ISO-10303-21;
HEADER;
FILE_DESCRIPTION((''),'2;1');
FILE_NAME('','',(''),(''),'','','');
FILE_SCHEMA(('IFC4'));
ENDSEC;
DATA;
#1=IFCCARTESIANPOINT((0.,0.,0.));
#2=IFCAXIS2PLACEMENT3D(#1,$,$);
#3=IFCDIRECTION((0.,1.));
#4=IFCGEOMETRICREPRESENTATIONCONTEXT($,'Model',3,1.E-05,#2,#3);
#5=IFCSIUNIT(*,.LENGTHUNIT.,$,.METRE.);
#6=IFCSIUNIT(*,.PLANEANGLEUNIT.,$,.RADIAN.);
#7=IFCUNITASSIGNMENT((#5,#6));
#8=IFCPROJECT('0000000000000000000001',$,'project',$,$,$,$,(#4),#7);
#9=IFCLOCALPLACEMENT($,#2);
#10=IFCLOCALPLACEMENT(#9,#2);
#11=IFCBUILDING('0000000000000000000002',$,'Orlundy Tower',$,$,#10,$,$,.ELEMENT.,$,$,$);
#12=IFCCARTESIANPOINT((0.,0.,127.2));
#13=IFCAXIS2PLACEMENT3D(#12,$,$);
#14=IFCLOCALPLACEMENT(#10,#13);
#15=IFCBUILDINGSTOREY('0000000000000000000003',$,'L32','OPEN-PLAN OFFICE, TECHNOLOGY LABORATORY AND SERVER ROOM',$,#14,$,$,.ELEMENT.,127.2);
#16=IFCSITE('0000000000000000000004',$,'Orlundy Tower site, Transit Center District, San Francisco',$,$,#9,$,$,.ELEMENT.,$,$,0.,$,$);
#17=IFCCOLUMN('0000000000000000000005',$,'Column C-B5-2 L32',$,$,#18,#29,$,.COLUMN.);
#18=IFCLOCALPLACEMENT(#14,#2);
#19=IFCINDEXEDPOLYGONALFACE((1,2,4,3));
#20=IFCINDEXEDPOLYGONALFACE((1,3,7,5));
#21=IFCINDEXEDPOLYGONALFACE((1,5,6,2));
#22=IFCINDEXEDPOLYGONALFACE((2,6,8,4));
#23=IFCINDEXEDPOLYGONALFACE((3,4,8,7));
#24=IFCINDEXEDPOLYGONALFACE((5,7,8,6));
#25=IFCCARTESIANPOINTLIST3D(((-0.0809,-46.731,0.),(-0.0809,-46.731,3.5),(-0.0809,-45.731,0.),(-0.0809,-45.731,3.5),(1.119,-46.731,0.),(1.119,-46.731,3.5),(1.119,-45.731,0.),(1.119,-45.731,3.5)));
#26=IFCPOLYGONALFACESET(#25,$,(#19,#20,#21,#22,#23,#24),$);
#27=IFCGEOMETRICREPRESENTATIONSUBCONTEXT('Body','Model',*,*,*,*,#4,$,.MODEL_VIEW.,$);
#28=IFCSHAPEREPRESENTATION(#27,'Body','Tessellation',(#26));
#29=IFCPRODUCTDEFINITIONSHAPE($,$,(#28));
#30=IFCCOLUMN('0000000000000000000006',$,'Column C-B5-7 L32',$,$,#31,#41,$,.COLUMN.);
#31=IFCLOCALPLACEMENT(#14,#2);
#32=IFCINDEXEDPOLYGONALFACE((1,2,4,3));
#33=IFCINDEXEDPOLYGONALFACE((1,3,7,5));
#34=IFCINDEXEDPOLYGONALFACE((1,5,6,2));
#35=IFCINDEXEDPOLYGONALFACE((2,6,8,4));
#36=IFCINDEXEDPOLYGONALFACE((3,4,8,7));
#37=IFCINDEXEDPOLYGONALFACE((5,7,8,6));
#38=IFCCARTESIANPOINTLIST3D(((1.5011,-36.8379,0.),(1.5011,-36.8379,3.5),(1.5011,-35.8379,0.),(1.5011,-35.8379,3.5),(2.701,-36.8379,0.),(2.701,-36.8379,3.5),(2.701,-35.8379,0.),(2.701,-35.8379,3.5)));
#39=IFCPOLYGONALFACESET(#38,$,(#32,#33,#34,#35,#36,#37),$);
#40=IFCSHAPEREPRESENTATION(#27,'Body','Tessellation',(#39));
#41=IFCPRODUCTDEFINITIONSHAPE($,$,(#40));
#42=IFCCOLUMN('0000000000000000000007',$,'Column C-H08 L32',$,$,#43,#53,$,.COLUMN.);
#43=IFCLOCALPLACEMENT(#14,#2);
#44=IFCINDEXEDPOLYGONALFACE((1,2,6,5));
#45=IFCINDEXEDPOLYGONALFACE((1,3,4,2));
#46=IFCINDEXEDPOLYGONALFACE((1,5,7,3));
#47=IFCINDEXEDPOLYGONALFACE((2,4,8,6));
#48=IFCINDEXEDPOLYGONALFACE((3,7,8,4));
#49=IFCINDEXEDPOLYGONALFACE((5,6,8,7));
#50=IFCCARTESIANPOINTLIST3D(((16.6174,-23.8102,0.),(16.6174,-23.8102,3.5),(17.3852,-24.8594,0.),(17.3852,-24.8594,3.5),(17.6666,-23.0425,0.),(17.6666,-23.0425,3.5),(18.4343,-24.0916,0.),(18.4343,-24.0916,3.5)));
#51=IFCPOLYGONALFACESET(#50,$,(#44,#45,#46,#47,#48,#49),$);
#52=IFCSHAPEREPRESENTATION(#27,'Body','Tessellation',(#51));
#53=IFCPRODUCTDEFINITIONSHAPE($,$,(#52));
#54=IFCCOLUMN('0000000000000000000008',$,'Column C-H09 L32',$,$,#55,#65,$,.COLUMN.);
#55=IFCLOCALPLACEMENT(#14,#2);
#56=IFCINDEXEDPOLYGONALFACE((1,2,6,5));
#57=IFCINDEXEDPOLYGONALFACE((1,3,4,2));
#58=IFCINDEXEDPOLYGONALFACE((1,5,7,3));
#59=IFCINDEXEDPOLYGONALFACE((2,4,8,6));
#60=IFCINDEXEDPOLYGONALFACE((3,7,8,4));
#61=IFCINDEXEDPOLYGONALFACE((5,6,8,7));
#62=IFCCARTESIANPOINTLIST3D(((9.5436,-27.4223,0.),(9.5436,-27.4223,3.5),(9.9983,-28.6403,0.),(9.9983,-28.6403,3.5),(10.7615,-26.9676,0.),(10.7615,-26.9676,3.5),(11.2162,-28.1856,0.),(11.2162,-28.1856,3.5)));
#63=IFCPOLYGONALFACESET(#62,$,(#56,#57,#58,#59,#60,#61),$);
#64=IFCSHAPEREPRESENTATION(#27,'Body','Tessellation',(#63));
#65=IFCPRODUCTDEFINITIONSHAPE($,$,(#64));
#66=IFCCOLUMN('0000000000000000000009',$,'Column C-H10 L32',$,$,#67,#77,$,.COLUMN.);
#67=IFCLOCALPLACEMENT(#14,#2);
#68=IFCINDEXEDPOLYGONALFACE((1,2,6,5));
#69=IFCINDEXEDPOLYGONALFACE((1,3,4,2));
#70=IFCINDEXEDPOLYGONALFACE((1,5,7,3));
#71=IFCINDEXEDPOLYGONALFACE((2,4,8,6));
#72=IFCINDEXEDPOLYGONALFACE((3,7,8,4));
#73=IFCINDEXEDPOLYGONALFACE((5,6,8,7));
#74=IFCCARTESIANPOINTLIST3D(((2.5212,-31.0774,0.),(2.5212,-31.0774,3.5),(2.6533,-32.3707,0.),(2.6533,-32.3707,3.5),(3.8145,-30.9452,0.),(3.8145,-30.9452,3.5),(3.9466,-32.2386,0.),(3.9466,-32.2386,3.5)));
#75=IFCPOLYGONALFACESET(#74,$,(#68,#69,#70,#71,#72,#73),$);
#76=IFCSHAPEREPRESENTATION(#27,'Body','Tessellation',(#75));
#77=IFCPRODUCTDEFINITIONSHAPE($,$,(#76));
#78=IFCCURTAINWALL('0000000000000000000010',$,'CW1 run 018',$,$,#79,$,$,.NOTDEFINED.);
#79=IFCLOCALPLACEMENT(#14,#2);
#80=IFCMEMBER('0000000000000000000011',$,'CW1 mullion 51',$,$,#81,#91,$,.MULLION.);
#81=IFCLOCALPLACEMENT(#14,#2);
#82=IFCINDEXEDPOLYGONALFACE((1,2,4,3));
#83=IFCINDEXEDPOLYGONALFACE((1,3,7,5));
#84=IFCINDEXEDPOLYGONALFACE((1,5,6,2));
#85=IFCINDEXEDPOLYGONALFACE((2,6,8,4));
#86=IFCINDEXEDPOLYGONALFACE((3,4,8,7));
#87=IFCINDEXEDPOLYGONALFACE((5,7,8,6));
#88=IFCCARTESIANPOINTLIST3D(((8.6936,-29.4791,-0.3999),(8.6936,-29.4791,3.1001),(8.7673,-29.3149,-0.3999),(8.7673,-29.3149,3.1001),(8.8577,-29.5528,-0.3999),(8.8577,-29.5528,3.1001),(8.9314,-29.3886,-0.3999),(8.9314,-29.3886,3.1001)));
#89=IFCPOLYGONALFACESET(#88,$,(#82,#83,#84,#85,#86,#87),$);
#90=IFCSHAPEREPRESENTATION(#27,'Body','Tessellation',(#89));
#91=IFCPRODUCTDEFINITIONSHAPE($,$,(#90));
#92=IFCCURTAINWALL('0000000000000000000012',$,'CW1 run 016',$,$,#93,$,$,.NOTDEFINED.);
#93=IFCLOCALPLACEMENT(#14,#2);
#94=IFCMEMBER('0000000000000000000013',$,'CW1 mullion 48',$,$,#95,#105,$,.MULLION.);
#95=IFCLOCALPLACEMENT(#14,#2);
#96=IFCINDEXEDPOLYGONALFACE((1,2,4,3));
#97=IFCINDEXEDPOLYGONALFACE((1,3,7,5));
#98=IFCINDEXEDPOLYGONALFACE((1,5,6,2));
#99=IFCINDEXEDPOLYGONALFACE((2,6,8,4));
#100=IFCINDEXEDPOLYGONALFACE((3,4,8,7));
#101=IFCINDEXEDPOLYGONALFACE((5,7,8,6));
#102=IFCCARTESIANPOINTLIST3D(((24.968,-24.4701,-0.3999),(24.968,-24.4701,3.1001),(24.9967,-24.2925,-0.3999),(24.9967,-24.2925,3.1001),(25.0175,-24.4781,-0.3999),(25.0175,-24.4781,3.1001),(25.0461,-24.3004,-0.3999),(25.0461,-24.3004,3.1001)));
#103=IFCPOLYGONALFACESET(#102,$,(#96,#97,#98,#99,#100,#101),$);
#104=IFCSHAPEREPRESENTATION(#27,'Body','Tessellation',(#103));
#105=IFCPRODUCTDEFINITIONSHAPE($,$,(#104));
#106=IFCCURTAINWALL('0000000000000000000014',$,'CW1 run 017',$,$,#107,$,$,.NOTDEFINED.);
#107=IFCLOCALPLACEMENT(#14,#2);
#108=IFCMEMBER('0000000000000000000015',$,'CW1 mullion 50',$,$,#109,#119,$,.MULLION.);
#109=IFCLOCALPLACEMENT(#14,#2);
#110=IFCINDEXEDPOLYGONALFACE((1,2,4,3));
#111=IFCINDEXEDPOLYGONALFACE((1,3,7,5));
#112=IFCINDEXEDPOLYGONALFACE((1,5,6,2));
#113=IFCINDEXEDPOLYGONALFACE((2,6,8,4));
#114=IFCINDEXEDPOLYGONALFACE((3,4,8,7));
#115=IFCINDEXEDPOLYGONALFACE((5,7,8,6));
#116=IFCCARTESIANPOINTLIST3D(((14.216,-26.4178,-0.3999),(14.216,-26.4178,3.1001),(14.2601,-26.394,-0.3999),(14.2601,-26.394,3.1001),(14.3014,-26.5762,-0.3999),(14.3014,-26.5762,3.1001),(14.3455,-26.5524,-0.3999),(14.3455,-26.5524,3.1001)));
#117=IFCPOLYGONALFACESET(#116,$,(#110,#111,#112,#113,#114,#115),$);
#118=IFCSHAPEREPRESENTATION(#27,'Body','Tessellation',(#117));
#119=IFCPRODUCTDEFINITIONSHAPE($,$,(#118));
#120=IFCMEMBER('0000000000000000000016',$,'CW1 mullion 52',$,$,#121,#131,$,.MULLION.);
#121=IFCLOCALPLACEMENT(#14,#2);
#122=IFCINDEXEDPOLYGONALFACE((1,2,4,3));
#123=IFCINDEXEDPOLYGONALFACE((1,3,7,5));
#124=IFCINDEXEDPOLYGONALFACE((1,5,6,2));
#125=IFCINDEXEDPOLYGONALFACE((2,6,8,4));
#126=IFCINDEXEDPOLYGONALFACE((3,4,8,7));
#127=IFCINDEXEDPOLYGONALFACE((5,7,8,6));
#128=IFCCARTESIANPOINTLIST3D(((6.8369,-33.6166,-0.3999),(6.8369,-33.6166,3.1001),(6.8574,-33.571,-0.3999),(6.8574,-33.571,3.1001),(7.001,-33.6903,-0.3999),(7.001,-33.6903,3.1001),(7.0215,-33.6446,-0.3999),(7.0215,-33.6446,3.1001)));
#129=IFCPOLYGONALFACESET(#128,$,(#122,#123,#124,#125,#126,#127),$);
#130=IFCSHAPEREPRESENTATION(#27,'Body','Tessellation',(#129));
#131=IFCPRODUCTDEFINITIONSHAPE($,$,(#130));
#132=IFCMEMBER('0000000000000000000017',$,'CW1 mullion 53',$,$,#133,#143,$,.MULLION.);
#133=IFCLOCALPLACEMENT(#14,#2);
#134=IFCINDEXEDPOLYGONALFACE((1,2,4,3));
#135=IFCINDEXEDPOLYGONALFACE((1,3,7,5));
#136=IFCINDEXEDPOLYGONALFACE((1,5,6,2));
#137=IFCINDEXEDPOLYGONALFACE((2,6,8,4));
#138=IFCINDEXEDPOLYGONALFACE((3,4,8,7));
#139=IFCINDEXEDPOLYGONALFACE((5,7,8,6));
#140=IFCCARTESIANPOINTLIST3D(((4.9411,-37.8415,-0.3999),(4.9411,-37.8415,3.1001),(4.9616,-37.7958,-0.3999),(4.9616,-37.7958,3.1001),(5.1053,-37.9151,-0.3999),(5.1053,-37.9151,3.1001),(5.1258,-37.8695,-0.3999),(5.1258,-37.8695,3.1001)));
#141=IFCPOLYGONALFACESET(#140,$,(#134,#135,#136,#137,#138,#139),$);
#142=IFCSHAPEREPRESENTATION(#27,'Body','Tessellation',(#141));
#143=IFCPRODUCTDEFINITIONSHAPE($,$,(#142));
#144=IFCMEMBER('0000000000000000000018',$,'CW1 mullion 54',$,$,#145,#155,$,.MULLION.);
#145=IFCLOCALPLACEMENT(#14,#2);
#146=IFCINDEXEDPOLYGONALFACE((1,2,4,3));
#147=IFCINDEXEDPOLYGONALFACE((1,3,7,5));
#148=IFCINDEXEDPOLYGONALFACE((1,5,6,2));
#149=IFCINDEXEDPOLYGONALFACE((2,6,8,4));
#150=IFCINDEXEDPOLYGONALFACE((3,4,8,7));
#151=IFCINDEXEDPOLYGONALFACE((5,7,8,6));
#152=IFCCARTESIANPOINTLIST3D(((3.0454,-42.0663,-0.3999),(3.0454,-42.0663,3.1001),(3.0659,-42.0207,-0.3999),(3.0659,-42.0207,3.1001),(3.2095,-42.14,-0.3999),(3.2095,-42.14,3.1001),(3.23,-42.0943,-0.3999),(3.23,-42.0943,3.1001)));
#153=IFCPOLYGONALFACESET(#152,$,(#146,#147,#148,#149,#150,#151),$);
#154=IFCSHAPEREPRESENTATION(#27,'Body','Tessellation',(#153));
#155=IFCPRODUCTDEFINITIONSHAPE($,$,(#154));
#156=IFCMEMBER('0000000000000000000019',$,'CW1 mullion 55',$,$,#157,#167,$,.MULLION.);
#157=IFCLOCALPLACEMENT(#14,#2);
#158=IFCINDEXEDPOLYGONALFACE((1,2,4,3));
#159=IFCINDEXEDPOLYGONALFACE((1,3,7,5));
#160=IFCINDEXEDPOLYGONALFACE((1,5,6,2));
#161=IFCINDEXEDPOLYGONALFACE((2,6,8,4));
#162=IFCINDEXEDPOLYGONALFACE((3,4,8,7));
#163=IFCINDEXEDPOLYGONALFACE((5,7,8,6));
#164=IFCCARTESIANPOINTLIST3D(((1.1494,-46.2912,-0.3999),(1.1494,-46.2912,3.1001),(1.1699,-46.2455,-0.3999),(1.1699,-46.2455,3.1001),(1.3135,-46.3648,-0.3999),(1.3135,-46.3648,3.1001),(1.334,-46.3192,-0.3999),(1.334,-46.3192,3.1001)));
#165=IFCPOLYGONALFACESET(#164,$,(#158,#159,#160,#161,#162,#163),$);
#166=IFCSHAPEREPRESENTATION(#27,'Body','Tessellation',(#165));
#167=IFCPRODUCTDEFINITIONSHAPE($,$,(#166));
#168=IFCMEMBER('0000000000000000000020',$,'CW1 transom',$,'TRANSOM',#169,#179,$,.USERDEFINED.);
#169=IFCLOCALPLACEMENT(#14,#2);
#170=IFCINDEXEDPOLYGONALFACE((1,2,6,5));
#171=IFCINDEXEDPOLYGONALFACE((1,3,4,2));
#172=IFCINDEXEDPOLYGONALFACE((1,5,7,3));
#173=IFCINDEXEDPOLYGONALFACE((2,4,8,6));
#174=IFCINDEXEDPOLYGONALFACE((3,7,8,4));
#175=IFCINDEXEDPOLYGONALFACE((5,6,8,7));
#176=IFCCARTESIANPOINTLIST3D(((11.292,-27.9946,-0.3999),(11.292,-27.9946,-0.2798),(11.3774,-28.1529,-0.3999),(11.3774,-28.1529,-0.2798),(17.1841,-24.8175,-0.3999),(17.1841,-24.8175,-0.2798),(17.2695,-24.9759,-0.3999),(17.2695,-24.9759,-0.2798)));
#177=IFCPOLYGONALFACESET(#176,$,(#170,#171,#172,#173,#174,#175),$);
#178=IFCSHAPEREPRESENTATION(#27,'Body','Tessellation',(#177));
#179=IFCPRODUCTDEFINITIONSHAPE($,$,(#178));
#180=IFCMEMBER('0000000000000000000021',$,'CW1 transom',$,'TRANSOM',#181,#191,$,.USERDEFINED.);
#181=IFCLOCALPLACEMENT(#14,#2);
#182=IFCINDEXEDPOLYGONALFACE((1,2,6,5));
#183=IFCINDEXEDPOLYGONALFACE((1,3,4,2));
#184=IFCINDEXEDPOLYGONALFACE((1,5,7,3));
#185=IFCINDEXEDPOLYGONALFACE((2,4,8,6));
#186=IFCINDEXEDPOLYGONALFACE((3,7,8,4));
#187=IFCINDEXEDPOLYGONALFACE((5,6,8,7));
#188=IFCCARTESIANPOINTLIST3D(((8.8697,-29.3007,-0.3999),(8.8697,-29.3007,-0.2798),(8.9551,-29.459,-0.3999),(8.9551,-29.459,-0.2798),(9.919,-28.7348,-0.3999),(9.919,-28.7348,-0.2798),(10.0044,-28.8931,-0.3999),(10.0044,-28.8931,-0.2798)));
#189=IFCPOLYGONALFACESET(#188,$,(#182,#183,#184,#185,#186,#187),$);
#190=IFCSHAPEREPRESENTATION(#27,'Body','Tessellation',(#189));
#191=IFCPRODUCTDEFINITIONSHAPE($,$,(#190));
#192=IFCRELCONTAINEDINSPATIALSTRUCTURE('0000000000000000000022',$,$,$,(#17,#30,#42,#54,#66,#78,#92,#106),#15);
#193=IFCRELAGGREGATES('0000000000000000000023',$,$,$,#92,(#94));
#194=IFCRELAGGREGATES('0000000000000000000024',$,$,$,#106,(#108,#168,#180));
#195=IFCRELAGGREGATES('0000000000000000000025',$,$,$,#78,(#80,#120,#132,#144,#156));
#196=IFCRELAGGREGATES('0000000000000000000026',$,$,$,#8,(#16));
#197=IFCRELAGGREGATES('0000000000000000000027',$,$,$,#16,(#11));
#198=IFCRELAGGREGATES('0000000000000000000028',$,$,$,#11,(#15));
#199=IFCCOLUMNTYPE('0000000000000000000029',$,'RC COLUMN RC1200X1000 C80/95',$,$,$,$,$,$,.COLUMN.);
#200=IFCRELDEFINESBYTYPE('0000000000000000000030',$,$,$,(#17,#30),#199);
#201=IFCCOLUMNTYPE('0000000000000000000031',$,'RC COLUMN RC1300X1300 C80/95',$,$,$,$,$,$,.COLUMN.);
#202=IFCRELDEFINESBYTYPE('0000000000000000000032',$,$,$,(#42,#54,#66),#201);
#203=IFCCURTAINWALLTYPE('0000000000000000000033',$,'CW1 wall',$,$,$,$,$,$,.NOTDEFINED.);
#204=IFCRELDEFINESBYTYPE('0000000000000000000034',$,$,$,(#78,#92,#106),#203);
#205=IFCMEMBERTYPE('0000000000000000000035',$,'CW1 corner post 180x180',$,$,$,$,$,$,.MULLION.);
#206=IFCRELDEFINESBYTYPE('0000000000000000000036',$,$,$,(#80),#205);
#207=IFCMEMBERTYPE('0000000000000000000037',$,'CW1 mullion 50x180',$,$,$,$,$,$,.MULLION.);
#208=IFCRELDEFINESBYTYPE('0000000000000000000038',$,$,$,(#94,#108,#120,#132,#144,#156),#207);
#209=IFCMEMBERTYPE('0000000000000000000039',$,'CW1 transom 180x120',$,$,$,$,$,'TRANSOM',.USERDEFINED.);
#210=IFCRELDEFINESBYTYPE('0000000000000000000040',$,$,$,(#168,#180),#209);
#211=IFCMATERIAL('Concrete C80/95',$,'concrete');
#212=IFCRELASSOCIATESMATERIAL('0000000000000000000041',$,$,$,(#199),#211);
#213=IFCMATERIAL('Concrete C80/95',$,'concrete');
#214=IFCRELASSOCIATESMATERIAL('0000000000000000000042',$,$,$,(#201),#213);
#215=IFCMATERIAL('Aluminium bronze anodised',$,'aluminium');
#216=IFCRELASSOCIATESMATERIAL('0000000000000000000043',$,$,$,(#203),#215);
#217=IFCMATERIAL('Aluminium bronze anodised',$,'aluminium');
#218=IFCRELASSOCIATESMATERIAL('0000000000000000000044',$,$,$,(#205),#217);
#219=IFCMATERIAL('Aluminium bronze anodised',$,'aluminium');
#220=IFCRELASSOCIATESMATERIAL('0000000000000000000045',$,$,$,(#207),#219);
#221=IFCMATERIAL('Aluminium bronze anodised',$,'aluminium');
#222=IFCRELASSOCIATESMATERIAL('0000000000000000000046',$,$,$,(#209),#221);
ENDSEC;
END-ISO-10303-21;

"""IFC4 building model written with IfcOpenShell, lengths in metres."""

from ifc_helpers import new_model, si_unit, direction, frame, origin, origin_2d, place, context, subcontext, project, spatial, rectangle, extrude, material, material_profile, profile_set, type_object, element, aggregate, save


model = new_model("IFC4")

# Units and contexts
model_context = context("Model", 3, precision=1e-05, world=origin(), true_north=direction((0.0, 1.0)))
body_context = subcontext(model_context, "Body", "Model", "MODEL_VIEW")
ifc_project = project(units=[si_unit("LENGTHUNIT", "METRE"), si_unit("PLANEANGLEUNIT", "RADIAN")], contexts=[model_context])

# Site, building, storey
site_placement = place(None, origin())
site = spatial("IfcSite", under=ifc_project, at=site_placement, Name="Orlundy Tower site, Transit Center District, San Francisco", CompositionType="ELEMENT", RefElevation=0.0)
building_placement = place(site_placement, origin())
building = spatial("IfcBuilding", under=site, at=building_placement, Name="Orlundy Tower", CompositionType="ELEMENT")
storey_placement = place(building_placement, frame((0.0, 0.0, 127.2)))
storey = spatial("IfcBuildingStorey", under=building, at=storey_placement, Name="L32", Description="OPEN-PLAN OFFICE, TECHNOLOGY LABORATORY AND SERVER ROOM", CompositionType="ELEMENT", Elevation=127.2)

# Columns
ifc_material_1 = material(Name="Concrete C80/95", Category="concrete")
ifc_material_profile_1 = material_profile(ifc_material_1, rectangle(XDim=1.2, YDim=1.0, at=origin_2d()), Name="RC1200X1000")
ifc_profile_set_1 = profile_set([ifc_material_profile_1], Name="Concrete C80/95")
column_type_1 = type_object("IfcColumnType", Name="RC COLUMN RC1200X1000 C80/95", PredefinedType="COLUMN", material=ifc_profile_set_1)
for number, where, z_axis, x_axis, name in (
    (1, (0.519, -46.231, 0.0), (0.0, 0.0, 1.0), (1.0, 0.0, 0.0), "Column C-B5-2 L32"),
    (2, (2.1011, -36.3379, 0.0), (0.0, 0.0, 1.0), (1.0, 0.0, 0.0), "Column C-B5-7 L32"),
):
    element("IfcColumn", number, at=place(storey_placement, frame(where, z_axis=z_axis, x_axis=x_axis)), inside=storey, type_object=column_type_1, Name=name, PredefinedType="COLUMN", context=body_context, shape_type="SweptSolid", body=[
        extrude(rectangle(XDim=1.2, YDim=1.0, at=origin_2d()), origin(), (0.0, 0.0, 1.0), 3.5),
    ])
ifc_material_2 = material(Name="Concrete C80/95", Category="concrete")
ifc_material_profile_2 = material_profile(ifc_material_2, rectangle(XDim=1.3, YDim=1.3, at=origin_2d()), Name="RC1300X1300")
ifc_profile_set_2 = profile_set([ifc_material_profile_2], Name="Concrete C80/95")
column_type_2 = type_object("IfcColumnType", Name="RC COLUMN RC1300X1300 C80/95", PredefinedType="COLUMN", material=ifc_profile_set_2)
for number, where, z_axis, x_axis, name in (
    (3, (17.5259, -23.9509, 0.0), (0.0, 0.0, 1.0), (0.590535, -0.807012, 0.0), "Column C-H08 L32"),
    (4, (10.3799, -27.804, 0.0), (0.0, 0.0, 1.0), (0.34975, -0.936843, 0.0), "Column C-H09 L32"),
    (5, (3.2339, -31.658, 0.0), (0.0, 0.0, 1.0), (0.101629, -0.994822, 0.0), "Column C-H10 L32"),
):
    element("IfcColumn", number, at=place(storey_placement, frame(where, z_axis=z_axis, x_axis=x_axis)), inside=storey, type_object=column_type_2, Name=name, PredefinedType="COLUMN", context=body_context, shape_type="SweptSolid", body=[
        extrude(rectangle(XDim=1.3, YDim=1.3, at=origin_2d()), origin(), (0.0, 0.0, 1.0), 3.5),
    ])

# Curtain walls, members
ifc_material_3 = material(Name="Aluminium bronze anodised", Category="aluminium")
curtain_wall_type = type_object("IfcCurtainWallType", Name="CW1 wall", PredefinedType="NOTDEFINED", material=ifc_material_3)
curtain_wall_1_placement = place(storey_placement, origin())
curtain_wall_1 = element("IfcCurtainWall", 6, at=curtain_wall_1_placement, inside=storey, type_object=curtain_wall_type, Name="CW1 run 018", PredefinedType="NOTDEFINED")
ifc_material_4 = material(Name="Aluminium bronze anodised", Category="aluminium")
ifc_material_profile_3 = material_profile(ifc_material_4, rectangle(XDim=0.1799, YDim=0.1799, at=origin_2d()), Name="CW1 corner post 180x180")
ifc_profile_set_3 = profile_set([ifc_material_profile_3], Name="Aluminium bronze anodised")
member_type_1 = type_object("IfcMemberType", Name="CW1 corner post 180x180", PredefinedType="MULLION", material=ifc_profile_set_3)
member_1_placement = place(storey_placement, frame((8.8125, -29.4338, -0.3999), z_axis=(0.0, 0.0, 1.0), x_axis=(0.912353, -0.409405, 0.0)))
member_1 = element("IfcMember", 7, at=member_1_placement, type_object=member_type_1, Name="CW1 mullion 51", PredefinedType="MULLION", context=body_context, shape_type="SweptSolid", body=[
    extrude(rectangle(XDim=0.1799, YDim=0.1799, at=origin_2d()), origin(), (0.0, 0.0, 1.0), 3.5),
])
curtain_wall_2_placement = place(storey_placement, origin())
curtain_wall_2 = element("IfcCurtainWall", 8, at=curtain_wall_2_placement, inside=storey, type_object=curtain_wall_type, Name="CW1 run 016", PredefinedType="NOTDEFINED")
ifc_material_5 = material(Name="Aluminium bronze anodised", Category="aluminium")
ifc_material_profile_4 = material_profile(ifc_material_5, rectangle(XDim=0.1799, YDim=0.05, at=origin_2d()), Name="CW1 mullion 50x180")
ifc_profile_set_4 = profile_set([ifc_material_profile_4], Name="Aluminium bronze anodised")
member_type_2 = type_object("IfcMemberType", Name="CW1 mullion 50x180", PredefinedType="MULLION", material=ifc_profile_set_4)
member_2_placement = place(storey_placement, frame((25.0071, -24.3853, -0.3999), z_axis=(0.0, 0.0, 1.0), x_axis=(-0.159311, -0.987228, 0.0)))
member_2 = element("IfcMember", 9, at=member_2_placement, type_object=member_type_2, Name="CW1 mullion 48", PredefinedType="MULLION", context=body_context, shape_type="SweptSolid", body=[
    extrude(rectangle(XDim=0.1799, YDim=0.05, at=origin_2d()), origin(), (0.0, 0.0, 1.0), 3.5),
])
curtain_wall_3_placement = place(storey_placement, origin())
curtain_wall_3 = element("IfcCurtainWall", 10, at=curtain_wall_3_placement, inside=storey, type_object=curtain_wall_type, Name="CW1 run 017", PredefinedType="NOTDEFINED")
member_3_placement = place(storey_placement, frame((14.2808, -26.4851, -0.3999), z_axis=(0.0, 0.0, 1.0), x_axis=(0.474616, -0.880193, 0.0)))
member_3 = element("IfcMember", 11, at=member_3_placement, type_object=member_type_2, Name="CW1 mullion 50", PredefinedType="MULLION", context=body_context, shape_type="SweptSolid", body=[
    extrude(rectangle(XDim=0.1799, YDim=0.05, at=origin_2d()), origin(), (0.0, 0.0, 1.0), 3.5),
])

# Members
member_4_placement = place(storey_placement, frame((6.9292, -33.6306, -0.3999), z_axis=(0.0, 0.0, 1.0), x_axis=(0.912353, -0.409405, 0.0)))
member_4 = element("IfcMember", 12, at=member_4_placement, type_object=member_type_2, Name="CW1 mullion 52", PredefinedType="MULLION", context=body_context, shape_type="SweptSolid", body=[
    extrude(rectangle(XDim=0.1799, YDim=0.05, at=origin_2d()), origin(), (0.0, 0.0, 1.0), 3.5),
])
member_5_placement = place(storey_placement, frame((5.0334, -37.8555, -0.3999), z_axis=(0.0, 0.0, 1.0), x_axis=(0.912353, -0.409405, 0.0)))
member_5 = element("IfcMember", 13, at=member_5_placement, type_object=member_type_2, Name="CW1 mullion 53", PredefinedType="MULLION", context=body_context, shape_type="SweptSolid", body=[
    extrude(rectangle(XDim=0.1799, YDim=0.05, at=origin_2d()), origin(), (0.0, 0.0, 1.0), 3.5),
])
member_6_placement = place(storey_placement, frame((3.1377, -42.0803, -0.3999), z_axis=(0.0, 0.0, 1.0), x_axis=(0.912353, -0.409405, 0.0)))
member_6 = element("IfcMember", 14, at=member_6_placement, type_object=member_type_2, Name="CW1 mullion 54", PredefinedType="MULLION", context=body_context, shape_type="SweptSolid", body=[
    extrude(rectangle(XDim=0.1799, YDim=0.05, at=origin_2d()), origin(), (0.0, 0.0, 1.0), 3.5),
])
member_7_placement = place(storey_placement, frame((1.2417, -46.3052, -0.3999), z_axis=(0.0, 0.0, 1.0), x_axis=(0.912353, -0.409405, 0.0)))
member_7 = element("IfcMember", 15, at=member_7_placement, type_object=member_type_2, Name="CW1 mullion 55", PredefinedType="MULLION", context=body_context, shape_type="SweptSolid", body=[
    extrude(rectangle(XDim=0.1799, YDim=0.05, at=origin_2d()), origin(), (0.0, 0.0, 1.0), 3.5),
])
ifc_material_6 = material(Name="Aluminium bronze anodised", Category="aluminium")
ifc_material_profile_5 = material_profile(ifc_material_6, rectangle(XDim=0.1799, YDim=0.1201, at=origin_2d()), Name="CW1 transom 180x120")
ifc_profile_set_5 = profile_set([ifc_material_profile_5], Name="Aluminium bronze anodised")
member_type_3 = type_object("IfcMemberType", Name="CW1 transom 180x120", ElementType="TRANSOM", PredefinedType="USERDEFINED", material=ifc_profile_set_5)
member_8_placement = place(storey_placement, frame((17.2268, -24.8967, -0.3398), z_axis=(-0.8802, -0.474602, 0.0), x_axis=(0.474602, -0.8802, 0.0)))
member_8 = element("IfcMember", 16, at=member_8_placement, type_object=member_type_3, Name="CW1 transom", ObjectType="TRANSOM", PredefinedType="USERDEFINED", context=body_context, shape_type="SweptSolid", body=[
    extrude(rectangle(XDim=0.1799, YDim=0.1201, at=origin_2d()), origin(), (0.0, 0.0, 1.0), 6.6941),
])
member_9_placement = place(storey_placement, frame((9.9617, -28.814, -0.3398), z_axis=(-0.880155, -0.474686, 0.0), x_axis=(0.474686, -0.880155, 0.0)))
member_9 = element("IfcMember", 17, at=member_9_placement, type_object=member_type_3, Name="CW1 transom", ObjectType="TRANSOM", PredefinedType="USERDEFINED", context=body_context, shape_type="SweptSolid", body=[
    extrude(rectangle(XDim=0.1799, YDim=0.1201, at=origin_2d()), origin(), (0.0, 0.0, 1.0), 1.1921),
])

aggregate(curtain_wall_2, [member_2])
aggregate(curtain_wall_3, [member_3, member_8, member_9])
aggregate(curtain_wall_1, [member_1, member_4, member_5, member_6, member_7])

save(model, "model.ifc")
